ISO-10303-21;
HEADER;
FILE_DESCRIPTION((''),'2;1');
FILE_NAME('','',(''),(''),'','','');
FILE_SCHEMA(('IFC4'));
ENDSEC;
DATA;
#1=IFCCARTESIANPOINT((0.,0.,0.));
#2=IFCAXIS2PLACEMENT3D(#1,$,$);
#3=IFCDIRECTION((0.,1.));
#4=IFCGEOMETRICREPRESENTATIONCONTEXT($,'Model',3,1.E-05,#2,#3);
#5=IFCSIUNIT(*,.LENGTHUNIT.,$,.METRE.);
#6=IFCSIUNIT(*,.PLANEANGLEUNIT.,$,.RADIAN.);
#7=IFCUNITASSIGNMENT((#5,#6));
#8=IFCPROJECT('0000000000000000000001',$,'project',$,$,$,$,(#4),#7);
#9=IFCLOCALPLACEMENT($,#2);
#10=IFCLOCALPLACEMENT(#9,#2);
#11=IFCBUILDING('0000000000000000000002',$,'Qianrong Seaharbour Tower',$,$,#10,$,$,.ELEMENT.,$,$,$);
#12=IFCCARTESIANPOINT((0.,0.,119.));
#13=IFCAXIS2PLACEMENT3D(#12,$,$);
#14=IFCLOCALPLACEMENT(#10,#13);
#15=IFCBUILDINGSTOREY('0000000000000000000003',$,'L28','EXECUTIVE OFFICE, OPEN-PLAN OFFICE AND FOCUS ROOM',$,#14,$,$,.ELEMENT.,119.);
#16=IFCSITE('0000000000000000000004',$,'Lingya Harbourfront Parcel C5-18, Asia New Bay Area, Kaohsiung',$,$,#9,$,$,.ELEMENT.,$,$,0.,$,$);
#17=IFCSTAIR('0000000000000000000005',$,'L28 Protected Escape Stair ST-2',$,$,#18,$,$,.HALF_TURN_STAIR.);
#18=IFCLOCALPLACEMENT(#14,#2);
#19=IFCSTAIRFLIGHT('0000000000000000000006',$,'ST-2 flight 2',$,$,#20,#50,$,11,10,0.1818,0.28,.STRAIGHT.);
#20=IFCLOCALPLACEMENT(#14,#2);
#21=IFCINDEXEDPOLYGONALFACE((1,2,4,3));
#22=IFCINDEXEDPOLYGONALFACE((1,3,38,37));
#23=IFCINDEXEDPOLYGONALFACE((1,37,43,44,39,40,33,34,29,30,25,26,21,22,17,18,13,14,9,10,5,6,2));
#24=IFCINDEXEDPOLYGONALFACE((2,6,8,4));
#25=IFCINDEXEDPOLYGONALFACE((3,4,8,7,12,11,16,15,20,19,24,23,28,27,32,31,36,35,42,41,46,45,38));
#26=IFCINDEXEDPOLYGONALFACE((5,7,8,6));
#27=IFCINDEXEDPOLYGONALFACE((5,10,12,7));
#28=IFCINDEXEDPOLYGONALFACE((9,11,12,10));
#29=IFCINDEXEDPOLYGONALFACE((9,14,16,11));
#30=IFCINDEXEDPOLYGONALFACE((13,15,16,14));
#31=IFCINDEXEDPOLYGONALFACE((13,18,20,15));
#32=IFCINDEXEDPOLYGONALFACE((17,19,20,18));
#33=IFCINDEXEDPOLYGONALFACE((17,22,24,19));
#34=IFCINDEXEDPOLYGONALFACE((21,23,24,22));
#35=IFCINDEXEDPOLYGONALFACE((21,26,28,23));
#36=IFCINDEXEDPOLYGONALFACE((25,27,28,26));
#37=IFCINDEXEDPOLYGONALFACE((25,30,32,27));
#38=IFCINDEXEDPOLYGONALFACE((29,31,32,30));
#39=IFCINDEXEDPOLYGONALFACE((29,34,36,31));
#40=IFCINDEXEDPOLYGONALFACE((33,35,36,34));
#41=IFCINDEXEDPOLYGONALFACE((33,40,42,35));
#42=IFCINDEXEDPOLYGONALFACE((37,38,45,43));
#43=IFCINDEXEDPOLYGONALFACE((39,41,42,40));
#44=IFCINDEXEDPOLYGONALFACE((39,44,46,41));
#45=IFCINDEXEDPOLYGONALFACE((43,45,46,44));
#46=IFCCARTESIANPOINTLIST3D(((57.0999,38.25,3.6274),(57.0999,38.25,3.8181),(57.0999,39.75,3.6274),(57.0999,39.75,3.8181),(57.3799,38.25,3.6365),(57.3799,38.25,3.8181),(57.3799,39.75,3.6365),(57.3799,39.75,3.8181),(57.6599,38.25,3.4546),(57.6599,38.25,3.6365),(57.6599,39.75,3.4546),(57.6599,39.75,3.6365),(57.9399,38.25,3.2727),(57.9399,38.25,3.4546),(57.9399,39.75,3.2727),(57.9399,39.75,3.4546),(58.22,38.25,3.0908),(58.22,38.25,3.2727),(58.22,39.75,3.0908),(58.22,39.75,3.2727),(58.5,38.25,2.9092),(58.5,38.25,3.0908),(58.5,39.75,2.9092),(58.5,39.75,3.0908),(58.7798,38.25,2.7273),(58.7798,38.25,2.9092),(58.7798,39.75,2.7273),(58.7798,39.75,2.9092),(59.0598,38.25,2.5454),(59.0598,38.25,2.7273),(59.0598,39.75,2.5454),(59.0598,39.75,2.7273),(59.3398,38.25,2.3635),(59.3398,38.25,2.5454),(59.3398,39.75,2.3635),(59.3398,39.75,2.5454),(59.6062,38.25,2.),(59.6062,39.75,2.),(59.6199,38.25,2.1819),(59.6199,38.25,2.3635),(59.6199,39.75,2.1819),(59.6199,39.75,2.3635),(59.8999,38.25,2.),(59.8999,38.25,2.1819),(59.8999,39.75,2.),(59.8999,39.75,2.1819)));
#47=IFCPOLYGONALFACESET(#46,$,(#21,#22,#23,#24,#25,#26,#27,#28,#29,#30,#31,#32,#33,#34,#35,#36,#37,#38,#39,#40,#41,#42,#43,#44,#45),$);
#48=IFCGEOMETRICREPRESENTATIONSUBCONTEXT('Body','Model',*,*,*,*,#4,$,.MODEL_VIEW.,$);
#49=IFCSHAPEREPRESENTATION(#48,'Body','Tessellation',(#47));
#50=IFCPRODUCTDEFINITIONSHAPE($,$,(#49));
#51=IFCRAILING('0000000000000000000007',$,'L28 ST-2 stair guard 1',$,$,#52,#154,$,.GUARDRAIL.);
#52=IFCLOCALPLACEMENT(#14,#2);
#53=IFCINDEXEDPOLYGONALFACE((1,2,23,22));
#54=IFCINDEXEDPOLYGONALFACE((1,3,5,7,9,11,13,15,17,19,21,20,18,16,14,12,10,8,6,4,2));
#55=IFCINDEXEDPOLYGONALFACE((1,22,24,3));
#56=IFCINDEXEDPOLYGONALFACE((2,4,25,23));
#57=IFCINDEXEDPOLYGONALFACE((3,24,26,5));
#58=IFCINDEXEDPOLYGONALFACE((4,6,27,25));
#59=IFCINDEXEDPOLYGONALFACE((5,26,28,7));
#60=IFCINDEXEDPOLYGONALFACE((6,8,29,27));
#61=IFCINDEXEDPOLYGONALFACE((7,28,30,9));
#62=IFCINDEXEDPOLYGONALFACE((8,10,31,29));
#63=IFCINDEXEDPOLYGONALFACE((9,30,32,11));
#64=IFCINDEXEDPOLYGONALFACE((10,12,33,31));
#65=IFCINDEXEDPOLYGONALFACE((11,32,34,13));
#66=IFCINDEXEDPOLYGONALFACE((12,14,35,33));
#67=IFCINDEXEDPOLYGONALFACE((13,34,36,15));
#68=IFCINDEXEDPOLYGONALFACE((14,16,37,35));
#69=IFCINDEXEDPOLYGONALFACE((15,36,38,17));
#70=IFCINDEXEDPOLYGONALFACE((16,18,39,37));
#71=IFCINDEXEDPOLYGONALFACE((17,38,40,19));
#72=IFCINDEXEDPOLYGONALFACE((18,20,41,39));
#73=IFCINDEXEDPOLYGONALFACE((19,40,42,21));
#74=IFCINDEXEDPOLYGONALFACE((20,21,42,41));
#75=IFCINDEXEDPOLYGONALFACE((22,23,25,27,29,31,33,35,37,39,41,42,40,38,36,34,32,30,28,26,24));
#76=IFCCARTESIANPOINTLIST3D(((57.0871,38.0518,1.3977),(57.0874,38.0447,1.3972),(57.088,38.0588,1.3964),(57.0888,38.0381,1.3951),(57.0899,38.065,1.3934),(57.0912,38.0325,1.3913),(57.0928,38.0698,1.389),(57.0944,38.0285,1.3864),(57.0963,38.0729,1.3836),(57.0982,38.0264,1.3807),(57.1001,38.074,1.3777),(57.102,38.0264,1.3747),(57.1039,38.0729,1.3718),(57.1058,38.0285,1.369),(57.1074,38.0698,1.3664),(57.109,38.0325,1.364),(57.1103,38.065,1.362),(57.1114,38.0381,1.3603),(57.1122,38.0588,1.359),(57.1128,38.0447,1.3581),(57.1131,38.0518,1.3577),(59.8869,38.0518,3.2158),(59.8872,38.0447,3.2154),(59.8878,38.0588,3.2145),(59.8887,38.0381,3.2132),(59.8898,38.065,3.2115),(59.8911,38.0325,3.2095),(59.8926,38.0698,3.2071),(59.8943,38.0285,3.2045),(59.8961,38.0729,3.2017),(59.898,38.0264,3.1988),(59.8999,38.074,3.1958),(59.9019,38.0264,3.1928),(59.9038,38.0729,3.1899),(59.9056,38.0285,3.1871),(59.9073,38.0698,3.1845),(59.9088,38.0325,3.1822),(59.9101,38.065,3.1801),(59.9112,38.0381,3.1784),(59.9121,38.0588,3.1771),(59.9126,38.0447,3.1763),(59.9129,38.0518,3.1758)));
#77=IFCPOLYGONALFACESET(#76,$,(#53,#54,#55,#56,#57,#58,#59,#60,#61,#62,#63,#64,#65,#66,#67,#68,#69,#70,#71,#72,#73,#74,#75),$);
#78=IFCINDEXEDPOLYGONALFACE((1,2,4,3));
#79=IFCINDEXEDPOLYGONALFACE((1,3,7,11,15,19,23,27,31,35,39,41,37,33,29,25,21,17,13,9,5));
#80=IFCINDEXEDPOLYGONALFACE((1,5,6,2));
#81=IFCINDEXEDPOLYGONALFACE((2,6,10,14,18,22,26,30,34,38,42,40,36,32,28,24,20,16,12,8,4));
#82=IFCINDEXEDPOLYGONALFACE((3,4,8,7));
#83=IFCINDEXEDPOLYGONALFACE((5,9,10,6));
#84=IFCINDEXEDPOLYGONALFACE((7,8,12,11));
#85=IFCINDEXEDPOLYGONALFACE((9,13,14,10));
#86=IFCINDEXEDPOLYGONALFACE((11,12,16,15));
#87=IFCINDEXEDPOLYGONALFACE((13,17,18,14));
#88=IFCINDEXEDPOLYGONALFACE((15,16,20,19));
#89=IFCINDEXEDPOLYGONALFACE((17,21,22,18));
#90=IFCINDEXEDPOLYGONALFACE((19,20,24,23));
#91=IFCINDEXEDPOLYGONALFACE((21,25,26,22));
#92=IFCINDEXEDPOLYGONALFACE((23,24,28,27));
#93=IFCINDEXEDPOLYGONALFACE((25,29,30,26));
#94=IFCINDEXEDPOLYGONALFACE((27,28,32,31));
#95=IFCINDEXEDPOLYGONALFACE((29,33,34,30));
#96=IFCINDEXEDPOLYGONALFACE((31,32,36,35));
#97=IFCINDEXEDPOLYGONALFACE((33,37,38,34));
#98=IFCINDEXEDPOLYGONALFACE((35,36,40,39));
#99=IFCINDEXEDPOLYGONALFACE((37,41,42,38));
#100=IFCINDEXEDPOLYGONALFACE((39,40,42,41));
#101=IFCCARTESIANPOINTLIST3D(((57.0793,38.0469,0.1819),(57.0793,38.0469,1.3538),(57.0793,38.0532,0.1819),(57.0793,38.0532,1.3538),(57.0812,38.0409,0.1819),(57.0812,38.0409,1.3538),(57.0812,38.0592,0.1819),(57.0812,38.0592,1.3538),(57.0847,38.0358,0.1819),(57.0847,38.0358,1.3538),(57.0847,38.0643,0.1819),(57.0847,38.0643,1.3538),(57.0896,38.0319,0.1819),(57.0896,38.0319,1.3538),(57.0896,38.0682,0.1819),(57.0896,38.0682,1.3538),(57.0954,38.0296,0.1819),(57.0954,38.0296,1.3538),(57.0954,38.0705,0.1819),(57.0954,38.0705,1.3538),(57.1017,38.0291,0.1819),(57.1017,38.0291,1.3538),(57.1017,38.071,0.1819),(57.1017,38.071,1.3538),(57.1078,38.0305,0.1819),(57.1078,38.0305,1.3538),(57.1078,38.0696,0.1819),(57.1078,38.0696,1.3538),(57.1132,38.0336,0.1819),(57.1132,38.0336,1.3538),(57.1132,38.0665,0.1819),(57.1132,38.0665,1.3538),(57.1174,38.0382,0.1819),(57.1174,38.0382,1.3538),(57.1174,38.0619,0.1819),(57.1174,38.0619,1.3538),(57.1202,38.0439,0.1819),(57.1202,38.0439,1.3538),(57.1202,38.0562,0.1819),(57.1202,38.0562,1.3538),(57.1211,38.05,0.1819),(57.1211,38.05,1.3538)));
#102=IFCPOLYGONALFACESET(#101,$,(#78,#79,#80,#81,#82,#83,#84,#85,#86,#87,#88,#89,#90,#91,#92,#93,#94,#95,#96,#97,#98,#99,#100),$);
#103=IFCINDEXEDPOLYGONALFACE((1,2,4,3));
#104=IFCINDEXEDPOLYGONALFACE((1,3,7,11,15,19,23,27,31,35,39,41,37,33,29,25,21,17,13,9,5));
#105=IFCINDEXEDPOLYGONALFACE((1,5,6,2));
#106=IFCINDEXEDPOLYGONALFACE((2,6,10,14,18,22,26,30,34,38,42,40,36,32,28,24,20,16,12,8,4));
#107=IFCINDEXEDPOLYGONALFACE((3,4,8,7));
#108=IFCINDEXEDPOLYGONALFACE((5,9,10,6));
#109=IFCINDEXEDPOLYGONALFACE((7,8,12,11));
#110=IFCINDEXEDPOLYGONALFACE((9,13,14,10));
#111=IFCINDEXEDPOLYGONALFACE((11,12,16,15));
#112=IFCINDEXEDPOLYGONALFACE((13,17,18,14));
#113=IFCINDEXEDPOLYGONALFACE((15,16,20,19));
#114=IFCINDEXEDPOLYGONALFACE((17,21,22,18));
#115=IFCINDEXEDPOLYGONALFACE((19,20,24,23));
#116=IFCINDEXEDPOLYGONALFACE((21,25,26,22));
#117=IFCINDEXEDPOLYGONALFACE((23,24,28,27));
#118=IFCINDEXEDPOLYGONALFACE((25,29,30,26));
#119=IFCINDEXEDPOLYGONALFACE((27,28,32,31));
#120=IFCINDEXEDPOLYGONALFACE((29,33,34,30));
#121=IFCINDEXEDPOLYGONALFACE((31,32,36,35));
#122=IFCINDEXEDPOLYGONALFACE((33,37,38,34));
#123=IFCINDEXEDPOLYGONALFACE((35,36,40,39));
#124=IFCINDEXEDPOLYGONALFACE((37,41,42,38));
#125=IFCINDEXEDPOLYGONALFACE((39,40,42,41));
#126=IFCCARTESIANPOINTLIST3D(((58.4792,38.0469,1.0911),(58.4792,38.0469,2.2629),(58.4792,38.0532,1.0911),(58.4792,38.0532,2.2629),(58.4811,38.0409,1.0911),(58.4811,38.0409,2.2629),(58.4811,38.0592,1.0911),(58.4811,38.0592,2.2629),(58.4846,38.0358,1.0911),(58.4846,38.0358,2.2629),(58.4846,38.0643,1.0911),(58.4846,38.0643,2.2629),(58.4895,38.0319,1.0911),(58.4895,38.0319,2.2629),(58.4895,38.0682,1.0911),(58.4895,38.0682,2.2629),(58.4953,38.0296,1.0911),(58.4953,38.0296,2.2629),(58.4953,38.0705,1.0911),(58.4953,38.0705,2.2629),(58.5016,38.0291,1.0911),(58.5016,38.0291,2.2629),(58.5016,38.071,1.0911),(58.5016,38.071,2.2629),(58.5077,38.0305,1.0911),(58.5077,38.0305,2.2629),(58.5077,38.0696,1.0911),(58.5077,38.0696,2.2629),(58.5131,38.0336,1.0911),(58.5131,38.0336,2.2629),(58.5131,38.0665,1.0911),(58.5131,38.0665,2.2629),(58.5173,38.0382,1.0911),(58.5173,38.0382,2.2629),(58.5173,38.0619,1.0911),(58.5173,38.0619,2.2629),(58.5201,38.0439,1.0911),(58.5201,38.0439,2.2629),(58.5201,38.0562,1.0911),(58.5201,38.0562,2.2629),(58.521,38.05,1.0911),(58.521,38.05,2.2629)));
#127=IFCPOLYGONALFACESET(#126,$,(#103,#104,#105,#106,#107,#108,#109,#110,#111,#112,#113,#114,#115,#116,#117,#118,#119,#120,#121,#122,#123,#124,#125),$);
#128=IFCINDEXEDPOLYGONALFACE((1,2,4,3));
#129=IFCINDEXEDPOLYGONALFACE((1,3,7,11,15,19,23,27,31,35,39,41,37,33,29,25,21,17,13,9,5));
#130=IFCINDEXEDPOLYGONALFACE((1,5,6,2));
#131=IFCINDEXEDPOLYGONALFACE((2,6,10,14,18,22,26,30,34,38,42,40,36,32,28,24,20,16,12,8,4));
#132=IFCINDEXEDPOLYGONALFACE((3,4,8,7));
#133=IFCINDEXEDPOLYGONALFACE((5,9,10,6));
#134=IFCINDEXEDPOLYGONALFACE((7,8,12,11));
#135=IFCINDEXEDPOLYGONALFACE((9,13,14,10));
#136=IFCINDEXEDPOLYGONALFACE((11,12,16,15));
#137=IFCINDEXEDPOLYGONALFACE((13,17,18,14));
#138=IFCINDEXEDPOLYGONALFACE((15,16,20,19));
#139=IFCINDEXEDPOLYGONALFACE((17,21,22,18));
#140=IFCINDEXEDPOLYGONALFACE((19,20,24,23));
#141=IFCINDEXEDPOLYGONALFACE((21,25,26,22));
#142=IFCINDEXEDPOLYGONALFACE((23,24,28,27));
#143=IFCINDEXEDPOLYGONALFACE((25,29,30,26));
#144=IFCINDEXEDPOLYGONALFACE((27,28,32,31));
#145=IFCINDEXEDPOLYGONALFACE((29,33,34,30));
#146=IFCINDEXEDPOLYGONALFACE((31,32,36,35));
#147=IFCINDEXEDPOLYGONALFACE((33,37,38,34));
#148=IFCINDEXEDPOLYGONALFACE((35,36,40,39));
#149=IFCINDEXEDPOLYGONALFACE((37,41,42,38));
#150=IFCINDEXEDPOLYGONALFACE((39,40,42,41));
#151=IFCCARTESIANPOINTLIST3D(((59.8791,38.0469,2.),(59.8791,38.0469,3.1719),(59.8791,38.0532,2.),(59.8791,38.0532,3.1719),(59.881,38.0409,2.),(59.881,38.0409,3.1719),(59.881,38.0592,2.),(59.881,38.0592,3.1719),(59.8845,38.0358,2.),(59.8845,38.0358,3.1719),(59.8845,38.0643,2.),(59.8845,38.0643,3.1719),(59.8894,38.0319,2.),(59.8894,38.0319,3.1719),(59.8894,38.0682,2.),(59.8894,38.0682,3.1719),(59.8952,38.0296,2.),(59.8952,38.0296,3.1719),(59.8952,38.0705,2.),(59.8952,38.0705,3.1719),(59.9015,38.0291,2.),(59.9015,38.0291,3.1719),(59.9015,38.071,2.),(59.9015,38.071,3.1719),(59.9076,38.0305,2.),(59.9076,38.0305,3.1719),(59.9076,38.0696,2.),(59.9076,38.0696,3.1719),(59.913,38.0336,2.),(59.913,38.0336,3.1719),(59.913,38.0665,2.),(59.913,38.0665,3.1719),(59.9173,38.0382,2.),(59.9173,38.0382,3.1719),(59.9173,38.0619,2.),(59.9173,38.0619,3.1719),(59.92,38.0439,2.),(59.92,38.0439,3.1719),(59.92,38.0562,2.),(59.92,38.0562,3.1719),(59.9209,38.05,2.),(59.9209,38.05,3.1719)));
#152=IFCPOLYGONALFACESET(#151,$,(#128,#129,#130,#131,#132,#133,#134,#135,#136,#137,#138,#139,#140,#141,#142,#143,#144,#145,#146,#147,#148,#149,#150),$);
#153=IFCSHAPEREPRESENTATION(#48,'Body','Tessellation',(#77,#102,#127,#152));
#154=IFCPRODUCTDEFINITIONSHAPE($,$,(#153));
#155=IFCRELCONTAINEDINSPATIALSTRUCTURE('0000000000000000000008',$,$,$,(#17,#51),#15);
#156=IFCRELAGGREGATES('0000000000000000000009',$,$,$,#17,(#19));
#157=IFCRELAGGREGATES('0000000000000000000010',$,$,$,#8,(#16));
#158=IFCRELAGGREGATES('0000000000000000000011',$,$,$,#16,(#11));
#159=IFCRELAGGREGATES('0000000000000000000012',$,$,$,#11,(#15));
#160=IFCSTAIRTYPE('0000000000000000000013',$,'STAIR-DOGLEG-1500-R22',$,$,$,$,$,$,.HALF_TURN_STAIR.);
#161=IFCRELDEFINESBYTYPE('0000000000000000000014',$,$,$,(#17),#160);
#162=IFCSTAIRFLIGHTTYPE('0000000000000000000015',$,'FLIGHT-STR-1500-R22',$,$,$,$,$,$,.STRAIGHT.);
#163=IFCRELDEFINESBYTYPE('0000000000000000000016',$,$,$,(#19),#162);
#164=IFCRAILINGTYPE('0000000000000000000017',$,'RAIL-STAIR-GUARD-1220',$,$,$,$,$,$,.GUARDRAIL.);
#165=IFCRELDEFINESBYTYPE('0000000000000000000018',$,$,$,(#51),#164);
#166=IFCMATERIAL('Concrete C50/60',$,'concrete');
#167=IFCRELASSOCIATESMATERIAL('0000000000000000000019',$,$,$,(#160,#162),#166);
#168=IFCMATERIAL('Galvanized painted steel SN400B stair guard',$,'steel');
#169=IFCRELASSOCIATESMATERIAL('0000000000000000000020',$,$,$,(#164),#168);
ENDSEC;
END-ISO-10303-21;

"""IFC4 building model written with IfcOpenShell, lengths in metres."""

from ifc_helpers import new_model, si_unit, direction, frame, origin, origin_2d, place, context, subcontext, project, spatial, polyline, circle, outline, extrude, material, type_object, element, aggregate, save


model = new_model("IFC4")

# Units and contexts
model_context = context("Model", 3, precision=1e-05, world=origin(), true_north=direction((0.0, 1.0)))
body_context = subcontext(model_context, "Body", "Model", "MODEL_VIEW")
ifc_project = project(units=[si_unit("LENGTHUNIT", "METRE"), si_unit("PLANEANGLEUNIT", "RADIAN")], contexts=[model_context])

# Site, building, storey
site_placement = place(None, origin())
site = spatial("IfcSite", under=ifc_project, at=site_placement, Name="Lingya Harbourfront Parcel C5-18, Asia New Bay Area, Kaohsiung", CompositionType="ELEMENT", RefElevation=0.0)
building_placement = place(site_placement, origin())
building = spatial("IfcBuilding", under=site, at=building_placement, Name="Qianrong Seaharbour Tower", CompositionType="ELEMENT")
storey_placement = place(building_placement, frame((0.0, 0.0, 119.0)))
storey = spatial("IfcBuildingStorey", under=building, at=storey_placement, Name="L28", Description="EXECUTIVE OFFICE, OPEN-PLAN OFFICE AND FOCUS ROOM", CompositionType="ELEMENT", Elevation=119.0)

# Shared definitions
ifc_material_1 = material(Name="Concrete C50/60", Category="concrete")

# Stair, stair flight
stair_type = type_object("IfcStairType", Name="STAIR-DOGLEG-1500-R22", PredefinedType="HALF_TURN_STAIR", material=ifc_material_1)
stair_placement = place(storey_placement, origin())
stair = element("IfcStair", 1, at=stair_placement, inside=storey, type_object=stair_type, Name="L28 Protected Escape Stair ST-2", PredefinedType="HALF_TURN_STAIR")
stair_flight_type = type_object("IfcStairFlightType", Name="FLIGHT-STR-1500-R22", PredefinedType="STRAIGHT", material=ifc_material_1)
stair_flight_1_placement = place(storey_placement, frame((59.8999, 39.0, 2.0), z_axis=(0.0, 0.0, 1.0), x_axis=(-1.0, 0.0, 0.0)))
stair_flight_1 = element("IfcStairFlight", 2, at=stair_flight_1_placement, type_object=stair_flight_type, Name="ST-2 flight 2", NumberOfRisers=11, NumberOfTreads=10, PredefinedType="STRAIGHT", RiserHeight=0.1818, TreadLength=0.28, context=body_context, shape_type="SweptSolid", body=[
    extrude(outline(polyline([(0.0, 0.0), (0.0, 0.1819), (0.28, 0.1819), (0.28, 0.3635), (0.5601, 0.3635), (0.5601, 0.5454), (0.8401, 0.5454), (0.8401, 0.7273), (1.1201, 0.7273), (1.1201, 0.9092), (1.3999, 0.9092), (1.3999, 1.0908), (1.6799, 1.0908), (1.6799, 1.2727), (1.96, 1.2727), (1.96, 1.4546), (2.24, 1.4546), (2.24, 1.6365), (2.52, 1.6365), (2.52, 1.8181), (2.8, 1.8181), (2.8, 2.0), (2.8, 1.6274), (0.2937, 0.0), (0.0, 0.0)])), frame((0.0, 0.75, 0.0), z_axis=(0.0, -1.0, 0.0), x_axis=(1.0, 0.0, 0.0)), (0.0, 0.0, 1.0), 1.5),
])
aggregate(stair, [stair_flight_1])

# Railing
ifc_material_2 = material(Name="Galvanized painted steel SN400B stair guard", Category="steel")
railing_type_1 = type_object("IfcRailingType", Name="RAIL-STAIR-GUARD-1220", PredefinedType="GUARDRAIL", material=ifc_material_2)
railing_1_placement = place(storey_placement, frame((57.1001, 38.05, 0.1819)))
element("IfcRailing", 3, at=railing_1_placement, inside=storey, type_object=railing_type_1, Name="L28 ST-2 stair guard 1", PredefinedType="GUARDRAIL", context=body_context, shape_type="SweptSolid", body=[
    extrude(circle(Radius=0.0239, at=origin_2d()), frame((0.0, 0.0, 1.1958), z_axis=(0.838684, 0.0, 0.544618), x_axis=(0.0, 1.0, 0.0)), (0.0, 0.0, 1.0), 3.3384),
    extrude(circle(Radius=0.021, at=origin_2d()), origin(), (0.0, 0.0, 1.0), 1.1719),
    extrude(circle(Radius=0.021, at=origin_2d()), frame((1.3999, 0.0, 0.9092)), (0.0, 0.0, 1.0), 1.1719),
    extrude(circle(Radius=0.021, at=origin_2d()), frame((2.7998, 0.0, 1.8181)), (0.0, 0.0, 1.0), 1.1719),
])

save(model, "model.ifc")
